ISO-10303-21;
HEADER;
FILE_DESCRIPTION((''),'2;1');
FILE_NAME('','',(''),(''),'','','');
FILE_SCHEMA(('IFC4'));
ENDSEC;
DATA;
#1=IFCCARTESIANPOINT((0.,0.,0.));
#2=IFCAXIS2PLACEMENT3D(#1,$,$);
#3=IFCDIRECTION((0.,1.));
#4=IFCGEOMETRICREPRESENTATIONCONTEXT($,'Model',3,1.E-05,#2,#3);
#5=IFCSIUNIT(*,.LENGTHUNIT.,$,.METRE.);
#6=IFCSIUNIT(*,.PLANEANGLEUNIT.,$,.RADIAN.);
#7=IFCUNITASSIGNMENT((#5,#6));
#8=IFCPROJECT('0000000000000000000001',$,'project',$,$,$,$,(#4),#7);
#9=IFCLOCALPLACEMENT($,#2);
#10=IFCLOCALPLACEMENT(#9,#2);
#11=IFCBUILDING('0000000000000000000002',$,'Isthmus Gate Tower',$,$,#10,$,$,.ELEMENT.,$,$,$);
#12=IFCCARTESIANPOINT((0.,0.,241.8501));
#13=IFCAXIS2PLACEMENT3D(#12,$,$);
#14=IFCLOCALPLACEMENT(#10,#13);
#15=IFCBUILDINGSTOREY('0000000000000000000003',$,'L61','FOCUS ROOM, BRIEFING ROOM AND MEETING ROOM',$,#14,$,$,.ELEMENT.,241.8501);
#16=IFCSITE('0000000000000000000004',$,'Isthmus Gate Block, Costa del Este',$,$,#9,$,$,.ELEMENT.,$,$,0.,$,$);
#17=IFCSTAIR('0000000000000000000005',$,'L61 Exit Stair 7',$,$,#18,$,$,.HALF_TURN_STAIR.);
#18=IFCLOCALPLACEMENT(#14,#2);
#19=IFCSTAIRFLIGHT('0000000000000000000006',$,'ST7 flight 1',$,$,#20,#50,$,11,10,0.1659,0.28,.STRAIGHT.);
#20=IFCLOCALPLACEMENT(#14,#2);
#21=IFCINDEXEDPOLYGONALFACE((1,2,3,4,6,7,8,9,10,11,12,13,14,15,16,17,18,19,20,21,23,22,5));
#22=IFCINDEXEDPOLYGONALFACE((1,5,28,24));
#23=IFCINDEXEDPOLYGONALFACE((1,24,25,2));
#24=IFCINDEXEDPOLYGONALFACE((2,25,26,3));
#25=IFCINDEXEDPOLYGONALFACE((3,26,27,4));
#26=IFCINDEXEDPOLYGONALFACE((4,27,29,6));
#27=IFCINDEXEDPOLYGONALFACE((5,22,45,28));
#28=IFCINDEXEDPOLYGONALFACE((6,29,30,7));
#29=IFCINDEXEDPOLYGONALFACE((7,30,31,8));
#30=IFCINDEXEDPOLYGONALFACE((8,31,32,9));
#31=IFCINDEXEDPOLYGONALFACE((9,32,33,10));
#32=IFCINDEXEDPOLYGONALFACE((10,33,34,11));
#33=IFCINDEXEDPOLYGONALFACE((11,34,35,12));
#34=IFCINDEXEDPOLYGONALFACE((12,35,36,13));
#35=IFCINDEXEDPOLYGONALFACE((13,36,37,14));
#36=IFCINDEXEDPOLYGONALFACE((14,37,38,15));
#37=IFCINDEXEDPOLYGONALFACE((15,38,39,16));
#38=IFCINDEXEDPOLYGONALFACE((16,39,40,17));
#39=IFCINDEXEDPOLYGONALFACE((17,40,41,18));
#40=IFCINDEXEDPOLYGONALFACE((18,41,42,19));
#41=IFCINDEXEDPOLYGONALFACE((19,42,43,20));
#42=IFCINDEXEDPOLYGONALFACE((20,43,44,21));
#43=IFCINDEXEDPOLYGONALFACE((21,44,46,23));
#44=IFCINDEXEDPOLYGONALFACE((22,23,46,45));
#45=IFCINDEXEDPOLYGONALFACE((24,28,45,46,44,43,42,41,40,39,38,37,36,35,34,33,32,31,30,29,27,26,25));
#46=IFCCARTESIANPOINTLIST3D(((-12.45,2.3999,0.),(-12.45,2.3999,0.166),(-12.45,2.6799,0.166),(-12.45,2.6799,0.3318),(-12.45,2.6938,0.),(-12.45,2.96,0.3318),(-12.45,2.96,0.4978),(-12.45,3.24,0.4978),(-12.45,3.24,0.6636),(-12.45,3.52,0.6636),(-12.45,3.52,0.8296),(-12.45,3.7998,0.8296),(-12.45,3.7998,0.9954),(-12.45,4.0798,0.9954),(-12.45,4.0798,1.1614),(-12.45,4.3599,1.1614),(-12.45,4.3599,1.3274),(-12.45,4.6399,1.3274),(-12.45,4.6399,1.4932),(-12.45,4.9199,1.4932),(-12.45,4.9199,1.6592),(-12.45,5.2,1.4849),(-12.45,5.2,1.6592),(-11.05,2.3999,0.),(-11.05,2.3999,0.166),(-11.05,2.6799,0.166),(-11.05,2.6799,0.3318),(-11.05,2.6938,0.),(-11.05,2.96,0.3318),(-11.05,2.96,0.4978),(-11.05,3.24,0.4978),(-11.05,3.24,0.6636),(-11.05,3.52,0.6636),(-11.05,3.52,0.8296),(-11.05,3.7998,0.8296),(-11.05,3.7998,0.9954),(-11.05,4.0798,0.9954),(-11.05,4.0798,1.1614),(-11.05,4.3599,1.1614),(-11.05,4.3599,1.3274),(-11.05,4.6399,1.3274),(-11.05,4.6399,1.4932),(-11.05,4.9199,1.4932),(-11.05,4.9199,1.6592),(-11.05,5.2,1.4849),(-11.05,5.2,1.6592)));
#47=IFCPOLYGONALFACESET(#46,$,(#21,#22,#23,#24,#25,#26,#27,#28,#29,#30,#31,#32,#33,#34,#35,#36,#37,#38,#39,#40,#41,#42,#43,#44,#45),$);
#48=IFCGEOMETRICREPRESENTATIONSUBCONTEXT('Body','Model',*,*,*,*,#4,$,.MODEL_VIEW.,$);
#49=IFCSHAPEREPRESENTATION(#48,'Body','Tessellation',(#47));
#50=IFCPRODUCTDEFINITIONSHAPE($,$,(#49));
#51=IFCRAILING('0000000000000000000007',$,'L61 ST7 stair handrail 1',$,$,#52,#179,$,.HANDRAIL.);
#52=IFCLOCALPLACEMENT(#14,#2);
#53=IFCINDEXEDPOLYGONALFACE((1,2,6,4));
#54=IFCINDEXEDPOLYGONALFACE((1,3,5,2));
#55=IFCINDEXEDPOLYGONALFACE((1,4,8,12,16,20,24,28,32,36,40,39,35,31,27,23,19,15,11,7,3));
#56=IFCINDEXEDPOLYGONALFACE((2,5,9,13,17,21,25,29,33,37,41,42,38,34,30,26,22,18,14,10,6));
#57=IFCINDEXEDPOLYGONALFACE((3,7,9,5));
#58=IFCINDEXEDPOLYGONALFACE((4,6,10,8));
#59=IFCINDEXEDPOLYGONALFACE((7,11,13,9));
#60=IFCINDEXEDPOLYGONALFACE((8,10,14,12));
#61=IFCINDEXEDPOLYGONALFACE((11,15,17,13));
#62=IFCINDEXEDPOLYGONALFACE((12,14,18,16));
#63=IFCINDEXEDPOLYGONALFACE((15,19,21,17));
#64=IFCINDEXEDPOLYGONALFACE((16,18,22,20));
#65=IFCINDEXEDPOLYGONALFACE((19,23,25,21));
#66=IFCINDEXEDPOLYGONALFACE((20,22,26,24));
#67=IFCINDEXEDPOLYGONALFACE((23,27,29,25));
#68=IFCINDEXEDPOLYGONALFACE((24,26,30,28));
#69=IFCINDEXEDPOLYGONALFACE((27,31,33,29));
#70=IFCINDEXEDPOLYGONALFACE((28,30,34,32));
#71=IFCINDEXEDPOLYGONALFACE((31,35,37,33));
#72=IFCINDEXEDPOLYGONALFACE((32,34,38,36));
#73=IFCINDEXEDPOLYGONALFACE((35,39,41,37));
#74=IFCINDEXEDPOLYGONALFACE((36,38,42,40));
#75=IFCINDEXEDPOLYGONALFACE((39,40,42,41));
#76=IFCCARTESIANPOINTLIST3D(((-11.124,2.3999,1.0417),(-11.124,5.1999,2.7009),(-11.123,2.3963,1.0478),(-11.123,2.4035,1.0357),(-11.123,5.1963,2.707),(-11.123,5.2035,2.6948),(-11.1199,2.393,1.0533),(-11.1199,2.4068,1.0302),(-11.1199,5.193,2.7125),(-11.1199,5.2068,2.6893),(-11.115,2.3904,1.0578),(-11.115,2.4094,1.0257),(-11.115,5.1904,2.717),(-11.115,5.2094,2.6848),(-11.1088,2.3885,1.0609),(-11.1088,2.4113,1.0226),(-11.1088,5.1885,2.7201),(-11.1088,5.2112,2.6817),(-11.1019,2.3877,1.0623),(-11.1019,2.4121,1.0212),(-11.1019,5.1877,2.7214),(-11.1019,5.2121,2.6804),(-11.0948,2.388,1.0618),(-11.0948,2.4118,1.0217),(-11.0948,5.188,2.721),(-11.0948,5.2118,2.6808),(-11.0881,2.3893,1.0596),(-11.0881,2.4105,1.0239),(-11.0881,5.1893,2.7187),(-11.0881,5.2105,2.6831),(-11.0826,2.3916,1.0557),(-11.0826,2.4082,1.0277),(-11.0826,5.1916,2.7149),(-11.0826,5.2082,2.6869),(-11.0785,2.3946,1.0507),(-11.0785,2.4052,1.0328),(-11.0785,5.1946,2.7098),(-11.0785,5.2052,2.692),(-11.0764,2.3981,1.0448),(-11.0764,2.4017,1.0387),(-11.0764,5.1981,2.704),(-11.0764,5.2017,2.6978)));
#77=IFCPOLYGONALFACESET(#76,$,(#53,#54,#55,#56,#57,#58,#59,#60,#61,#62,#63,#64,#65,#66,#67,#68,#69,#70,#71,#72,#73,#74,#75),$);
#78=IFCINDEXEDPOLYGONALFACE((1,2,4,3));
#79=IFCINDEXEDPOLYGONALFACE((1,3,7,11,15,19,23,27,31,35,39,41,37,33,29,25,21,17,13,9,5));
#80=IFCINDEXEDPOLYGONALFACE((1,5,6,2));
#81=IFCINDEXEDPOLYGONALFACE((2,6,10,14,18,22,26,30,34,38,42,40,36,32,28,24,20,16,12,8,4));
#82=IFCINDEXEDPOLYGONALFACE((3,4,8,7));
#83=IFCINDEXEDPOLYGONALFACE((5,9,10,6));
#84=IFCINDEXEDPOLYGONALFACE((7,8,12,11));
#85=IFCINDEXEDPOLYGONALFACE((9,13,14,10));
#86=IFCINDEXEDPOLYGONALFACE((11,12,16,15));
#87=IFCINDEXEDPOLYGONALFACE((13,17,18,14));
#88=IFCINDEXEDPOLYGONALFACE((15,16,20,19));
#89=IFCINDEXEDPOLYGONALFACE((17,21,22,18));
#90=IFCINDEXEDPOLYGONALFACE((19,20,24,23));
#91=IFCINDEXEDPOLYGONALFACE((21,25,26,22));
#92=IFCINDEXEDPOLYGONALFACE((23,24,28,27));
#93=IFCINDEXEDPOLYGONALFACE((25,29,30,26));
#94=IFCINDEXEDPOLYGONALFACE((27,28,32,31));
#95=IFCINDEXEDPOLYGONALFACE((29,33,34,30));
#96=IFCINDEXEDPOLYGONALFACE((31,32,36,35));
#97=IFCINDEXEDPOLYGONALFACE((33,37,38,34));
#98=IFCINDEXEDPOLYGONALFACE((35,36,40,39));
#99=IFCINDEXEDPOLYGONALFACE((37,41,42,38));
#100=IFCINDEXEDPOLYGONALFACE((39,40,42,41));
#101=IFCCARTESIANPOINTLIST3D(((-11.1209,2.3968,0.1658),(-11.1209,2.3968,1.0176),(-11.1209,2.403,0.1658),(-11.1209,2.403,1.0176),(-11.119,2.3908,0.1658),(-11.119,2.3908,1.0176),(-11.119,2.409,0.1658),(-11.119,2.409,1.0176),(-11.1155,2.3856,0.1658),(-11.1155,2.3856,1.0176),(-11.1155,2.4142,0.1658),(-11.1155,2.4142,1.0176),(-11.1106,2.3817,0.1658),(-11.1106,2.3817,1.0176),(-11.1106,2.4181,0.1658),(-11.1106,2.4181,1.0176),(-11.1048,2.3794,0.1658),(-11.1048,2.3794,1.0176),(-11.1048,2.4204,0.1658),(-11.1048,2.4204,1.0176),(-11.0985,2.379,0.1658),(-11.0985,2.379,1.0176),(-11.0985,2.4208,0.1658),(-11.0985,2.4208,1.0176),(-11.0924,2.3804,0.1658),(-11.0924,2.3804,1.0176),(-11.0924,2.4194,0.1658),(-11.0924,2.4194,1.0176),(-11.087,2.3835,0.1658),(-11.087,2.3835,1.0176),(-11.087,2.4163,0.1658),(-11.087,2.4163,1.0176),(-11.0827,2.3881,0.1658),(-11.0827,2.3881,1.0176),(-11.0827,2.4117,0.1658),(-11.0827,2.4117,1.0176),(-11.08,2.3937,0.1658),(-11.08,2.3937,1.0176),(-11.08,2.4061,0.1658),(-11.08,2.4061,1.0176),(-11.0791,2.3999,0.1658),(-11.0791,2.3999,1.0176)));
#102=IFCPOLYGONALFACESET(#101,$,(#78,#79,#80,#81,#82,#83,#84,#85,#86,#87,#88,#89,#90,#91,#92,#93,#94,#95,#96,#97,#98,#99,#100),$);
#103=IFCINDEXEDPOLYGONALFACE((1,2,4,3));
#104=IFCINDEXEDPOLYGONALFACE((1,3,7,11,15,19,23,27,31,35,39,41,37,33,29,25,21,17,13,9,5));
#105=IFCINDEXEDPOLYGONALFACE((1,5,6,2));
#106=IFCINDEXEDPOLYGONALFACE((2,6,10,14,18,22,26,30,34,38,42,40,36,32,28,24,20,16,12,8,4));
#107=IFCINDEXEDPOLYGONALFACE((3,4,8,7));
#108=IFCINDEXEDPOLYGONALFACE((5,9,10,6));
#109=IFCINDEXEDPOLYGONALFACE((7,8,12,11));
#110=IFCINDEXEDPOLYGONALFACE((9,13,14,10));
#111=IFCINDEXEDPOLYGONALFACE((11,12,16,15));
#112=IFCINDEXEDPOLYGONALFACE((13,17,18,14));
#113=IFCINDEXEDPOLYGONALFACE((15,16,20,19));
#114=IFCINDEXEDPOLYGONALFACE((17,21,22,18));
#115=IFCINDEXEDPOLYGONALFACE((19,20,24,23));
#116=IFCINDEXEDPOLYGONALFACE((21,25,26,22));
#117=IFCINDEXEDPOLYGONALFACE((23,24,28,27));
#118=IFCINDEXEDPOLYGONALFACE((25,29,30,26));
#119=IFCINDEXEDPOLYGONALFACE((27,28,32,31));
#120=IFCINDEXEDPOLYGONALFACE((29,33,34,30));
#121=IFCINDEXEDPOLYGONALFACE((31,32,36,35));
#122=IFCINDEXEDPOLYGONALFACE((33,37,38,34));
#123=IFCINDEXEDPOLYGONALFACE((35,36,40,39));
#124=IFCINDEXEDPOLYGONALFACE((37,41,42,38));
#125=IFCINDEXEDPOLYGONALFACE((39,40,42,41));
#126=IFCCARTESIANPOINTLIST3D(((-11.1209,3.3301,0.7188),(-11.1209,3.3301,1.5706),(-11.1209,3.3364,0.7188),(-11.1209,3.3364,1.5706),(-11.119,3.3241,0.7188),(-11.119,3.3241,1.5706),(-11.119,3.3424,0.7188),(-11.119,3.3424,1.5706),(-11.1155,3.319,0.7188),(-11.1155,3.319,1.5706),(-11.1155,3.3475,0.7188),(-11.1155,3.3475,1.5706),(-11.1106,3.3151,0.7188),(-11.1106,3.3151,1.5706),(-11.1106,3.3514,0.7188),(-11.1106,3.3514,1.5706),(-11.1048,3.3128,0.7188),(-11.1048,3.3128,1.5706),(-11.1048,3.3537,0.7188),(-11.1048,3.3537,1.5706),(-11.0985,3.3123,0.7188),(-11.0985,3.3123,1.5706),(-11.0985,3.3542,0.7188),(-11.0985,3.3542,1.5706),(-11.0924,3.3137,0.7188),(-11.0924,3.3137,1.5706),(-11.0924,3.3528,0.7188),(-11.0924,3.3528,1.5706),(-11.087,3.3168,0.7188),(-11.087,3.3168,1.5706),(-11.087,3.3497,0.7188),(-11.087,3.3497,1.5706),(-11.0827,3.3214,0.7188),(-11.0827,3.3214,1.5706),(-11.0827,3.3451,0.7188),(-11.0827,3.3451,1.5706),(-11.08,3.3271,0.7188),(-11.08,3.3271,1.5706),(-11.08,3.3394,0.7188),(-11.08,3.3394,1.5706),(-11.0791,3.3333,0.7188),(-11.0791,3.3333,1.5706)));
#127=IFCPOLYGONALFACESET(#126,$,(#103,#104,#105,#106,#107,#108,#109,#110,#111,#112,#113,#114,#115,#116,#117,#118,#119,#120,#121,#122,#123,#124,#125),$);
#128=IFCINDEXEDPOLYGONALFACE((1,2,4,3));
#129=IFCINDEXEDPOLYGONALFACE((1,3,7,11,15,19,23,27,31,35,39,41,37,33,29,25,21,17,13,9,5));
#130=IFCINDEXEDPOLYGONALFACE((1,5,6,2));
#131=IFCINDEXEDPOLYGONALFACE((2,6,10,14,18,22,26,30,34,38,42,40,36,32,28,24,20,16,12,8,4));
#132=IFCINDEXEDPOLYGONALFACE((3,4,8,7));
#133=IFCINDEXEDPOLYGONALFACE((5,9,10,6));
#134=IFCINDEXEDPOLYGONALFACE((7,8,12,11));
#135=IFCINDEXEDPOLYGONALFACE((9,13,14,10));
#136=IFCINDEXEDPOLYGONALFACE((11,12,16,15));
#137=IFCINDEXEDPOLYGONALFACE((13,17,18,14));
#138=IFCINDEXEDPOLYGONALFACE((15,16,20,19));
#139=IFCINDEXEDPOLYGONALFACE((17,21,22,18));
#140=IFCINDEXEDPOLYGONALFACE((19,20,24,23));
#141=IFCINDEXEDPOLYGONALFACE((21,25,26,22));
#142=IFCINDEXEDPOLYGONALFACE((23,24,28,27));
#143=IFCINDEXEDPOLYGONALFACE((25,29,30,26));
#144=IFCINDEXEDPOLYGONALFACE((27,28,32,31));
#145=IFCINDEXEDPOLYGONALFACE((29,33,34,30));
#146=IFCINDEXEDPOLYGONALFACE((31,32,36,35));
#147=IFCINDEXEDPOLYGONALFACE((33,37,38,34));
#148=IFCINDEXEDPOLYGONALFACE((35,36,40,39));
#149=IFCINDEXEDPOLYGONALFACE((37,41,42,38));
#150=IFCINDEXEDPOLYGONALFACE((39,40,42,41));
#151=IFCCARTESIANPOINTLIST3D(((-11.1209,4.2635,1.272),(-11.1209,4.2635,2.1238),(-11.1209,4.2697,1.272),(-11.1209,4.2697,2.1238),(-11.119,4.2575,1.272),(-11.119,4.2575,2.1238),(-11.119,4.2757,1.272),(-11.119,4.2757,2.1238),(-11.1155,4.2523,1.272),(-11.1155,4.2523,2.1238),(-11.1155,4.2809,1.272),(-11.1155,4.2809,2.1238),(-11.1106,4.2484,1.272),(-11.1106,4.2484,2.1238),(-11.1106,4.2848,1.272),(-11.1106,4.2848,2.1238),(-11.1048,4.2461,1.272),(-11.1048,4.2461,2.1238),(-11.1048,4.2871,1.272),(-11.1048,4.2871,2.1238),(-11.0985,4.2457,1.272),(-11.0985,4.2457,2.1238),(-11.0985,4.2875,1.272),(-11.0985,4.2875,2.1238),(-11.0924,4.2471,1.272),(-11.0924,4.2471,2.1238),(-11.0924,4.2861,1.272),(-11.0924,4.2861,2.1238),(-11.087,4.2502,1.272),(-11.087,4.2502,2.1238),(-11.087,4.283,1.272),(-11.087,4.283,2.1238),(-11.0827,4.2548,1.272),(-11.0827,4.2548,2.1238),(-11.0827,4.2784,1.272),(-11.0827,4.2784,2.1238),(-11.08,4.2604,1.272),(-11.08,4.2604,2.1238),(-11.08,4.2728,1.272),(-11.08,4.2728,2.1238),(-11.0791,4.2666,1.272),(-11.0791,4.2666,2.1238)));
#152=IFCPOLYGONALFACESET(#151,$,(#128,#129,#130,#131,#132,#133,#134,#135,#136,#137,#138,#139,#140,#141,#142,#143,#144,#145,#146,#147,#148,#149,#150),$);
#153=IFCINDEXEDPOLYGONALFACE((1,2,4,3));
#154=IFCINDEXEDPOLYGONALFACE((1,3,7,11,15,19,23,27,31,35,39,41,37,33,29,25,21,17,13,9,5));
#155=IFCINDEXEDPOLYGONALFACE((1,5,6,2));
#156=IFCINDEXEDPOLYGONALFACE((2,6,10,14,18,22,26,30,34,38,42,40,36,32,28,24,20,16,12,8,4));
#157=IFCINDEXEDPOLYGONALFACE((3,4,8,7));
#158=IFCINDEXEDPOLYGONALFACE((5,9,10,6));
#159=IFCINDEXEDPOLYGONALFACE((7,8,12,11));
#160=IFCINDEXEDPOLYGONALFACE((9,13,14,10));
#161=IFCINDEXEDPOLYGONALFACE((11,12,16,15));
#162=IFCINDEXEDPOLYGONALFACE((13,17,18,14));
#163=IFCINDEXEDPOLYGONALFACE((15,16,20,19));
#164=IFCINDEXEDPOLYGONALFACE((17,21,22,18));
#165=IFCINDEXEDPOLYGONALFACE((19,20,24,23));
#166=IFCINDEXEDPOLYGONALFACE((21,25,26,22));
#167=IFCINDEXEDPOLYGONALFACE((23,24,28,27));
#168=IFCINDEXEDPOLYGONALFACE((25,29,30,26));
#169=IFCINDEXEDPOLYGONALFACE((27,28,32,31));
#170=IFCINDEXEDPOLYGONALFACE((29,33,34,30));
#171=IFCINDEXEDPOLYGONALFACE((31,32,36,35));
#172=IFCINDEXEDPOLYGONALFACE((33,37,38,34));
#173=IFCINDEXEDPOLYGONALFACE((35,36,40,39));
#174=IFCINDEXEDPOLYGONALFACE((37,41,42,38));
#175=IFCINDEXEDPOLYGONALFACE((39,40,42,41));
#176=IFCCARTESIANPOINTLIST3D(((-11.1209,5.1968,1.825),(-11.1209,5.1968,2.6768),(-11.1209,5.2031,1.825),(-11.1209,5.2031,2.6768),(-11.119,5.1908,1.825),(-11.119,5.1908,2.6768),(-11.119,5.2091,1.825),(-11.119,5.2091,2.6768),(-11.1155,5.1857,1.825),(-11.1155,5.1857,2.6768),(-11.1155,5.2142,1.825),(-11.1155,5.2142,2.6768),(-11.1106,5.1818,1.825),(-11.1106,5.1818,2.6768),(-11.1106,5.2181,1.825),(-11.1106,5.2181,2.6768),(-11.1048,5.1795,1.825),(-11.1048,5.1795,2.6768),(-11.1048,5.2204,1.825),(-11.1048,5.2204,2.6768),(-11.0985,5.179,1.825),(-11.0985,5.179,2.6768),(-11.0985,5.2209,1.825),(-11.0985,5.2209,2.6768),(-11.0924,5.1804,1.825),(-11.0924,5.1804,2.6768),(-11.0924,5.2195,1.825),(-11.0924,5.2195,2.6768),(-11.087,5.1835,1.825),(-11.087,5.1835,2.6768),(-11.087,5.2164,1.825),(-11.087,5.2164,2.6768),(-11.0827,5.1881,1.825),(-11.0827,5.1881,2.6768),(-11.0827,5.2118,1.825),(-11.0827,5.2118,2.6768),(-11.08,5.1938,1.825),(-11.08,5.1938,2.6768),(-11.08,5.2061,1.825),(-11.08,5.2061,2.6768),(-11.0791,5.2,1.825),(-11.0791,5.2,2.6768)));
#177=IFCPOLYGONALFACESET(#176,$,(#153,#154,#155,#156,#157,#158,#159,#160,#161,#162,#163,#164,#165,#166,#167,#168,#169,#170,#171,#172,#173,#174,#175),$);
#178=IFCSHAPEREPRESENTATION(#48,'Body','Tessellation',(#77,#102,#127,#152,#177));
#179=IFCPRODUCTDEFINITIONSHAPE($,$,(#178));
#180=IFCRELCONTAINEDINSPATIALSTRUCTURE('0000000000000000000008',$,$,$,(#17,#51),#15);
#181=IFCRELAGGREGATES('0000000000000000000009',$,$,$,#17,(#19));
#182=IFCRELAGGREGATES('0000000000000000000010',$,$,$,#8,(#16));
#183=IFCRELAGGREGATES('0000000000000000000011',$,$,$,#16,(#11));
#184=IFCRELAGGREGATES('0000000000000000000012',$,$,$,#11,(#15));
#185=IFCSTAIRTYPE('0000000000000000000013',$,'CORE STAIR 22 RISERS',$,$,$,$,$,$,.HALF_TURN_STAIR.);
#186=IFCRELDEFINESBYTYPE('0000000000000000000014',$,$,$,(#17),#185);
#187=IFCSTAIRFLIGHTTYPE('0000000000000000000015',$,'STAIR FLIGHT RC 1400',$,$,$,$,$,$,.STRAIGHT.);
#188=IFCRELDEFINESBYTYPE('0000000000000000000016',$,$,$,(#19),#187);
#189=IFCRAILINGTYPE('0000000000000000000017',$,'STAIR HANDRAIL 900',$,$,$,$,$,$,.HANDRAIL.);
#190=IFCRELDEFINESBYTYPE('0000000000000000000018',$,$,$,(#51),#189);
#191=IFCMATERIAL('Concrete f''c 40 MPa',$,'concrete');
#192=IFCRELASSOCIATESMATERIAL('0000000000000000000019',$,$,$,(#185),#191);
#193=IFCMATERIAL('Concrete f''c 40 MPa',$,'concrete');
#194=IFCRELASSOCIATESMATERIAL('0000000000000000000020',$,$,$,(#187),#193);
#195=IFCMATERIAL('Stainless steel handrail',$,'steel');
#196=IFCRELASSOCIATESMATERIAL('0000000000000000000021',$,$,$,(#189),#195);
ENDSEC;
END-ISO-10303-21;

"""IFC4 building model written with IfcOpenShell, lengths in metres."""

from ifc_helpers import new_model, si_unit, direction, frame, origin, origin_2d, place, context, subcontext, project, spatial, polyline, circle, outline, extrude, material, type_object, element, aggregate, save


model = new_model("IFC4")

# Units and contexts
model_context = context("Model", 3, precision=1e-05, world=origin(), true_north=direction((0.0, 1.0)))
body_context = subcontext(model_context, "Body", "Model", "MODEL_VIEW")
ifc_project = project(units=[si_unit("LENGTHUNIT", "METRE"), si_unit("PLANEANGLEUNIT", "RADIAN")], contexts=[model_context])

# Site, building, storey
site_placement = place(None, origin())
site = spatial("IfcSite", under=ifc_project, at=site_placement, Name="Isthmus Gate Block, Costa del Este", CompositionType="ELEMENT", RefElevation=0.0)
building_placement = place(site_placement, origin())
building = spatial("IfcBuilding", under=site, at=building_placement, Name="Isthmus Gate Tower", CompositionType="ELEMENT")
storey_placement = place(building_placement, frame((0.0, 0.0, 241.8501)))
storey = spatial("IfcBuildingStorey", under=building, at=storey_placement, Name="L61", Description="FOCUS ROOM, BRIEFING ROOM AND MEETING ROOM", CompositionType="ELEMENT", Elevation=241.8501)

# Stair, stair flight
ifc_material_1 = material(Name="Concrete f'c 40 MPa", Category="concrete")
stair_type = type_object("IfcStairType", Name="CORE STAIR 22 RISERS", PredefinedType="HALF_TURN_STAIR", material=ifc_material_1)
stair_placement = place(storey_placement, origin())
stair = element("IfcStair", 1, at=stair_placement, inside=storey, type_object=stair_type, Name="L61 Exit Stair 7", PredefinedType="HALF_TURN_STAIR")
ifc_material_2 = material(Name="Concrete f'c 40 MPa", Category="concrete")
stair_flight_type = type_object("IfcStairFlightType", Name="STAIR FLIGHT RC 1400", PredefinedType="STRAIGHT", material=ifc_material_2)
stair_flight_placement = place(storey_placement, frame((-11.75, 2.3999, 0.0), z_axis=(0.0, 0.0, 1.0), x_axis=(0.0, 1.0, 0.0)))
stair_flight = element("IfcStairFlight", 2, at=stair_flight_placement, type_object=stair_flight_type, Name="ST7 flight 1", NumberOfRisers=11, NumberOfTreads=10, PredefinedType="STRAIGHT", RiserHeight=0.1659, TreadLength=0.28, context=body_context, shape_type="SweptSolid", body=[
    extrude(outline(polyline([(0.0, 0.0), (0.0, 0.166), (0.28, 0.166), (0.28, 0.3318), (0.5601, 0.3318), (0.5601, 0.4978), (0.8401, 0.4978), (0.8401, 0.6636), (1.1201, 0.6636), (1.1201, 0.8296), (1.3999, 0.8296), (1.3999, 0.9954), (1.6799, 0.9954), (1.6799, 1.1614), (1.96, 1.1614), (1.96, 1.3274), (2.24, 1.3274), (2.24, 1.4932), (2.52, 1.4932), (2.52, 1.6592), (2.8, 1.6592), (2.8, 1.825), (2.8, 1.4849), (0.2939, 0.0), (0.0, 0.0)])), frame((0.0, 0.7, 0.0), z_axis=(0.0, -1.0, 0.0), x_axis=(1.0, 0.0, 0.0)), (0.0, 0.0, 1.0), 1.3999),
])
aggregate(stair, [stair_flight])

# Railing
ifc_material_3 = material(Name="Stainless steel handrail", Category="steel")
railing_type_1 = type_object("IfcRailingType", Name="STAIR HANDRAIL 900", PredefinedType="HANDRAIL", material=ifc_material_3)
railing_1_placement = place(storey_placement, frame((-11.1001, 2.3999, 0.1658)))
element("IfcRailing", 3, at=railing_1_placement, inside=storey, type_object=railing_type_1, Name="L61 ST7 stair handrail 1", PredefinedType="HANDRAIL", context=body_context, shape_type="SweptSolid", body=[
    extrude(circle(Radius=0.0239, at=origin_2d()), frame((0.0, 0.0, 0.876), z_axis=(0.0, 0.860306, 0.509778), x_axis=(-1.0, 0.0, 0.0)), (0.0, 0.0, 1.0), 3.2546),
    extrude(circle(Radius=0.021, at=origin_2d()), origin(), (0.0, 0.0, 1.0), 0.8518),
    extrude(circle(Radius=0.021, at=origin_2d()), frame((0.0, 0.9333, 0.553)), (0.0, 0.0, 1.0), 0.8518),
    extrude(circle(Radius=0.021, at=origin_2d()), frame((0.0, 1.8667, 1.1062)), (0.0, 0.0, 1.0), 0.8518),
    extrude(circle(Radius=0.021, at=origin_2d()), frame((0.0, 2.8, 1.6592)), (0.0, 0.0, 1.0), 0.8518),
])

save(model, "model.ifc")
